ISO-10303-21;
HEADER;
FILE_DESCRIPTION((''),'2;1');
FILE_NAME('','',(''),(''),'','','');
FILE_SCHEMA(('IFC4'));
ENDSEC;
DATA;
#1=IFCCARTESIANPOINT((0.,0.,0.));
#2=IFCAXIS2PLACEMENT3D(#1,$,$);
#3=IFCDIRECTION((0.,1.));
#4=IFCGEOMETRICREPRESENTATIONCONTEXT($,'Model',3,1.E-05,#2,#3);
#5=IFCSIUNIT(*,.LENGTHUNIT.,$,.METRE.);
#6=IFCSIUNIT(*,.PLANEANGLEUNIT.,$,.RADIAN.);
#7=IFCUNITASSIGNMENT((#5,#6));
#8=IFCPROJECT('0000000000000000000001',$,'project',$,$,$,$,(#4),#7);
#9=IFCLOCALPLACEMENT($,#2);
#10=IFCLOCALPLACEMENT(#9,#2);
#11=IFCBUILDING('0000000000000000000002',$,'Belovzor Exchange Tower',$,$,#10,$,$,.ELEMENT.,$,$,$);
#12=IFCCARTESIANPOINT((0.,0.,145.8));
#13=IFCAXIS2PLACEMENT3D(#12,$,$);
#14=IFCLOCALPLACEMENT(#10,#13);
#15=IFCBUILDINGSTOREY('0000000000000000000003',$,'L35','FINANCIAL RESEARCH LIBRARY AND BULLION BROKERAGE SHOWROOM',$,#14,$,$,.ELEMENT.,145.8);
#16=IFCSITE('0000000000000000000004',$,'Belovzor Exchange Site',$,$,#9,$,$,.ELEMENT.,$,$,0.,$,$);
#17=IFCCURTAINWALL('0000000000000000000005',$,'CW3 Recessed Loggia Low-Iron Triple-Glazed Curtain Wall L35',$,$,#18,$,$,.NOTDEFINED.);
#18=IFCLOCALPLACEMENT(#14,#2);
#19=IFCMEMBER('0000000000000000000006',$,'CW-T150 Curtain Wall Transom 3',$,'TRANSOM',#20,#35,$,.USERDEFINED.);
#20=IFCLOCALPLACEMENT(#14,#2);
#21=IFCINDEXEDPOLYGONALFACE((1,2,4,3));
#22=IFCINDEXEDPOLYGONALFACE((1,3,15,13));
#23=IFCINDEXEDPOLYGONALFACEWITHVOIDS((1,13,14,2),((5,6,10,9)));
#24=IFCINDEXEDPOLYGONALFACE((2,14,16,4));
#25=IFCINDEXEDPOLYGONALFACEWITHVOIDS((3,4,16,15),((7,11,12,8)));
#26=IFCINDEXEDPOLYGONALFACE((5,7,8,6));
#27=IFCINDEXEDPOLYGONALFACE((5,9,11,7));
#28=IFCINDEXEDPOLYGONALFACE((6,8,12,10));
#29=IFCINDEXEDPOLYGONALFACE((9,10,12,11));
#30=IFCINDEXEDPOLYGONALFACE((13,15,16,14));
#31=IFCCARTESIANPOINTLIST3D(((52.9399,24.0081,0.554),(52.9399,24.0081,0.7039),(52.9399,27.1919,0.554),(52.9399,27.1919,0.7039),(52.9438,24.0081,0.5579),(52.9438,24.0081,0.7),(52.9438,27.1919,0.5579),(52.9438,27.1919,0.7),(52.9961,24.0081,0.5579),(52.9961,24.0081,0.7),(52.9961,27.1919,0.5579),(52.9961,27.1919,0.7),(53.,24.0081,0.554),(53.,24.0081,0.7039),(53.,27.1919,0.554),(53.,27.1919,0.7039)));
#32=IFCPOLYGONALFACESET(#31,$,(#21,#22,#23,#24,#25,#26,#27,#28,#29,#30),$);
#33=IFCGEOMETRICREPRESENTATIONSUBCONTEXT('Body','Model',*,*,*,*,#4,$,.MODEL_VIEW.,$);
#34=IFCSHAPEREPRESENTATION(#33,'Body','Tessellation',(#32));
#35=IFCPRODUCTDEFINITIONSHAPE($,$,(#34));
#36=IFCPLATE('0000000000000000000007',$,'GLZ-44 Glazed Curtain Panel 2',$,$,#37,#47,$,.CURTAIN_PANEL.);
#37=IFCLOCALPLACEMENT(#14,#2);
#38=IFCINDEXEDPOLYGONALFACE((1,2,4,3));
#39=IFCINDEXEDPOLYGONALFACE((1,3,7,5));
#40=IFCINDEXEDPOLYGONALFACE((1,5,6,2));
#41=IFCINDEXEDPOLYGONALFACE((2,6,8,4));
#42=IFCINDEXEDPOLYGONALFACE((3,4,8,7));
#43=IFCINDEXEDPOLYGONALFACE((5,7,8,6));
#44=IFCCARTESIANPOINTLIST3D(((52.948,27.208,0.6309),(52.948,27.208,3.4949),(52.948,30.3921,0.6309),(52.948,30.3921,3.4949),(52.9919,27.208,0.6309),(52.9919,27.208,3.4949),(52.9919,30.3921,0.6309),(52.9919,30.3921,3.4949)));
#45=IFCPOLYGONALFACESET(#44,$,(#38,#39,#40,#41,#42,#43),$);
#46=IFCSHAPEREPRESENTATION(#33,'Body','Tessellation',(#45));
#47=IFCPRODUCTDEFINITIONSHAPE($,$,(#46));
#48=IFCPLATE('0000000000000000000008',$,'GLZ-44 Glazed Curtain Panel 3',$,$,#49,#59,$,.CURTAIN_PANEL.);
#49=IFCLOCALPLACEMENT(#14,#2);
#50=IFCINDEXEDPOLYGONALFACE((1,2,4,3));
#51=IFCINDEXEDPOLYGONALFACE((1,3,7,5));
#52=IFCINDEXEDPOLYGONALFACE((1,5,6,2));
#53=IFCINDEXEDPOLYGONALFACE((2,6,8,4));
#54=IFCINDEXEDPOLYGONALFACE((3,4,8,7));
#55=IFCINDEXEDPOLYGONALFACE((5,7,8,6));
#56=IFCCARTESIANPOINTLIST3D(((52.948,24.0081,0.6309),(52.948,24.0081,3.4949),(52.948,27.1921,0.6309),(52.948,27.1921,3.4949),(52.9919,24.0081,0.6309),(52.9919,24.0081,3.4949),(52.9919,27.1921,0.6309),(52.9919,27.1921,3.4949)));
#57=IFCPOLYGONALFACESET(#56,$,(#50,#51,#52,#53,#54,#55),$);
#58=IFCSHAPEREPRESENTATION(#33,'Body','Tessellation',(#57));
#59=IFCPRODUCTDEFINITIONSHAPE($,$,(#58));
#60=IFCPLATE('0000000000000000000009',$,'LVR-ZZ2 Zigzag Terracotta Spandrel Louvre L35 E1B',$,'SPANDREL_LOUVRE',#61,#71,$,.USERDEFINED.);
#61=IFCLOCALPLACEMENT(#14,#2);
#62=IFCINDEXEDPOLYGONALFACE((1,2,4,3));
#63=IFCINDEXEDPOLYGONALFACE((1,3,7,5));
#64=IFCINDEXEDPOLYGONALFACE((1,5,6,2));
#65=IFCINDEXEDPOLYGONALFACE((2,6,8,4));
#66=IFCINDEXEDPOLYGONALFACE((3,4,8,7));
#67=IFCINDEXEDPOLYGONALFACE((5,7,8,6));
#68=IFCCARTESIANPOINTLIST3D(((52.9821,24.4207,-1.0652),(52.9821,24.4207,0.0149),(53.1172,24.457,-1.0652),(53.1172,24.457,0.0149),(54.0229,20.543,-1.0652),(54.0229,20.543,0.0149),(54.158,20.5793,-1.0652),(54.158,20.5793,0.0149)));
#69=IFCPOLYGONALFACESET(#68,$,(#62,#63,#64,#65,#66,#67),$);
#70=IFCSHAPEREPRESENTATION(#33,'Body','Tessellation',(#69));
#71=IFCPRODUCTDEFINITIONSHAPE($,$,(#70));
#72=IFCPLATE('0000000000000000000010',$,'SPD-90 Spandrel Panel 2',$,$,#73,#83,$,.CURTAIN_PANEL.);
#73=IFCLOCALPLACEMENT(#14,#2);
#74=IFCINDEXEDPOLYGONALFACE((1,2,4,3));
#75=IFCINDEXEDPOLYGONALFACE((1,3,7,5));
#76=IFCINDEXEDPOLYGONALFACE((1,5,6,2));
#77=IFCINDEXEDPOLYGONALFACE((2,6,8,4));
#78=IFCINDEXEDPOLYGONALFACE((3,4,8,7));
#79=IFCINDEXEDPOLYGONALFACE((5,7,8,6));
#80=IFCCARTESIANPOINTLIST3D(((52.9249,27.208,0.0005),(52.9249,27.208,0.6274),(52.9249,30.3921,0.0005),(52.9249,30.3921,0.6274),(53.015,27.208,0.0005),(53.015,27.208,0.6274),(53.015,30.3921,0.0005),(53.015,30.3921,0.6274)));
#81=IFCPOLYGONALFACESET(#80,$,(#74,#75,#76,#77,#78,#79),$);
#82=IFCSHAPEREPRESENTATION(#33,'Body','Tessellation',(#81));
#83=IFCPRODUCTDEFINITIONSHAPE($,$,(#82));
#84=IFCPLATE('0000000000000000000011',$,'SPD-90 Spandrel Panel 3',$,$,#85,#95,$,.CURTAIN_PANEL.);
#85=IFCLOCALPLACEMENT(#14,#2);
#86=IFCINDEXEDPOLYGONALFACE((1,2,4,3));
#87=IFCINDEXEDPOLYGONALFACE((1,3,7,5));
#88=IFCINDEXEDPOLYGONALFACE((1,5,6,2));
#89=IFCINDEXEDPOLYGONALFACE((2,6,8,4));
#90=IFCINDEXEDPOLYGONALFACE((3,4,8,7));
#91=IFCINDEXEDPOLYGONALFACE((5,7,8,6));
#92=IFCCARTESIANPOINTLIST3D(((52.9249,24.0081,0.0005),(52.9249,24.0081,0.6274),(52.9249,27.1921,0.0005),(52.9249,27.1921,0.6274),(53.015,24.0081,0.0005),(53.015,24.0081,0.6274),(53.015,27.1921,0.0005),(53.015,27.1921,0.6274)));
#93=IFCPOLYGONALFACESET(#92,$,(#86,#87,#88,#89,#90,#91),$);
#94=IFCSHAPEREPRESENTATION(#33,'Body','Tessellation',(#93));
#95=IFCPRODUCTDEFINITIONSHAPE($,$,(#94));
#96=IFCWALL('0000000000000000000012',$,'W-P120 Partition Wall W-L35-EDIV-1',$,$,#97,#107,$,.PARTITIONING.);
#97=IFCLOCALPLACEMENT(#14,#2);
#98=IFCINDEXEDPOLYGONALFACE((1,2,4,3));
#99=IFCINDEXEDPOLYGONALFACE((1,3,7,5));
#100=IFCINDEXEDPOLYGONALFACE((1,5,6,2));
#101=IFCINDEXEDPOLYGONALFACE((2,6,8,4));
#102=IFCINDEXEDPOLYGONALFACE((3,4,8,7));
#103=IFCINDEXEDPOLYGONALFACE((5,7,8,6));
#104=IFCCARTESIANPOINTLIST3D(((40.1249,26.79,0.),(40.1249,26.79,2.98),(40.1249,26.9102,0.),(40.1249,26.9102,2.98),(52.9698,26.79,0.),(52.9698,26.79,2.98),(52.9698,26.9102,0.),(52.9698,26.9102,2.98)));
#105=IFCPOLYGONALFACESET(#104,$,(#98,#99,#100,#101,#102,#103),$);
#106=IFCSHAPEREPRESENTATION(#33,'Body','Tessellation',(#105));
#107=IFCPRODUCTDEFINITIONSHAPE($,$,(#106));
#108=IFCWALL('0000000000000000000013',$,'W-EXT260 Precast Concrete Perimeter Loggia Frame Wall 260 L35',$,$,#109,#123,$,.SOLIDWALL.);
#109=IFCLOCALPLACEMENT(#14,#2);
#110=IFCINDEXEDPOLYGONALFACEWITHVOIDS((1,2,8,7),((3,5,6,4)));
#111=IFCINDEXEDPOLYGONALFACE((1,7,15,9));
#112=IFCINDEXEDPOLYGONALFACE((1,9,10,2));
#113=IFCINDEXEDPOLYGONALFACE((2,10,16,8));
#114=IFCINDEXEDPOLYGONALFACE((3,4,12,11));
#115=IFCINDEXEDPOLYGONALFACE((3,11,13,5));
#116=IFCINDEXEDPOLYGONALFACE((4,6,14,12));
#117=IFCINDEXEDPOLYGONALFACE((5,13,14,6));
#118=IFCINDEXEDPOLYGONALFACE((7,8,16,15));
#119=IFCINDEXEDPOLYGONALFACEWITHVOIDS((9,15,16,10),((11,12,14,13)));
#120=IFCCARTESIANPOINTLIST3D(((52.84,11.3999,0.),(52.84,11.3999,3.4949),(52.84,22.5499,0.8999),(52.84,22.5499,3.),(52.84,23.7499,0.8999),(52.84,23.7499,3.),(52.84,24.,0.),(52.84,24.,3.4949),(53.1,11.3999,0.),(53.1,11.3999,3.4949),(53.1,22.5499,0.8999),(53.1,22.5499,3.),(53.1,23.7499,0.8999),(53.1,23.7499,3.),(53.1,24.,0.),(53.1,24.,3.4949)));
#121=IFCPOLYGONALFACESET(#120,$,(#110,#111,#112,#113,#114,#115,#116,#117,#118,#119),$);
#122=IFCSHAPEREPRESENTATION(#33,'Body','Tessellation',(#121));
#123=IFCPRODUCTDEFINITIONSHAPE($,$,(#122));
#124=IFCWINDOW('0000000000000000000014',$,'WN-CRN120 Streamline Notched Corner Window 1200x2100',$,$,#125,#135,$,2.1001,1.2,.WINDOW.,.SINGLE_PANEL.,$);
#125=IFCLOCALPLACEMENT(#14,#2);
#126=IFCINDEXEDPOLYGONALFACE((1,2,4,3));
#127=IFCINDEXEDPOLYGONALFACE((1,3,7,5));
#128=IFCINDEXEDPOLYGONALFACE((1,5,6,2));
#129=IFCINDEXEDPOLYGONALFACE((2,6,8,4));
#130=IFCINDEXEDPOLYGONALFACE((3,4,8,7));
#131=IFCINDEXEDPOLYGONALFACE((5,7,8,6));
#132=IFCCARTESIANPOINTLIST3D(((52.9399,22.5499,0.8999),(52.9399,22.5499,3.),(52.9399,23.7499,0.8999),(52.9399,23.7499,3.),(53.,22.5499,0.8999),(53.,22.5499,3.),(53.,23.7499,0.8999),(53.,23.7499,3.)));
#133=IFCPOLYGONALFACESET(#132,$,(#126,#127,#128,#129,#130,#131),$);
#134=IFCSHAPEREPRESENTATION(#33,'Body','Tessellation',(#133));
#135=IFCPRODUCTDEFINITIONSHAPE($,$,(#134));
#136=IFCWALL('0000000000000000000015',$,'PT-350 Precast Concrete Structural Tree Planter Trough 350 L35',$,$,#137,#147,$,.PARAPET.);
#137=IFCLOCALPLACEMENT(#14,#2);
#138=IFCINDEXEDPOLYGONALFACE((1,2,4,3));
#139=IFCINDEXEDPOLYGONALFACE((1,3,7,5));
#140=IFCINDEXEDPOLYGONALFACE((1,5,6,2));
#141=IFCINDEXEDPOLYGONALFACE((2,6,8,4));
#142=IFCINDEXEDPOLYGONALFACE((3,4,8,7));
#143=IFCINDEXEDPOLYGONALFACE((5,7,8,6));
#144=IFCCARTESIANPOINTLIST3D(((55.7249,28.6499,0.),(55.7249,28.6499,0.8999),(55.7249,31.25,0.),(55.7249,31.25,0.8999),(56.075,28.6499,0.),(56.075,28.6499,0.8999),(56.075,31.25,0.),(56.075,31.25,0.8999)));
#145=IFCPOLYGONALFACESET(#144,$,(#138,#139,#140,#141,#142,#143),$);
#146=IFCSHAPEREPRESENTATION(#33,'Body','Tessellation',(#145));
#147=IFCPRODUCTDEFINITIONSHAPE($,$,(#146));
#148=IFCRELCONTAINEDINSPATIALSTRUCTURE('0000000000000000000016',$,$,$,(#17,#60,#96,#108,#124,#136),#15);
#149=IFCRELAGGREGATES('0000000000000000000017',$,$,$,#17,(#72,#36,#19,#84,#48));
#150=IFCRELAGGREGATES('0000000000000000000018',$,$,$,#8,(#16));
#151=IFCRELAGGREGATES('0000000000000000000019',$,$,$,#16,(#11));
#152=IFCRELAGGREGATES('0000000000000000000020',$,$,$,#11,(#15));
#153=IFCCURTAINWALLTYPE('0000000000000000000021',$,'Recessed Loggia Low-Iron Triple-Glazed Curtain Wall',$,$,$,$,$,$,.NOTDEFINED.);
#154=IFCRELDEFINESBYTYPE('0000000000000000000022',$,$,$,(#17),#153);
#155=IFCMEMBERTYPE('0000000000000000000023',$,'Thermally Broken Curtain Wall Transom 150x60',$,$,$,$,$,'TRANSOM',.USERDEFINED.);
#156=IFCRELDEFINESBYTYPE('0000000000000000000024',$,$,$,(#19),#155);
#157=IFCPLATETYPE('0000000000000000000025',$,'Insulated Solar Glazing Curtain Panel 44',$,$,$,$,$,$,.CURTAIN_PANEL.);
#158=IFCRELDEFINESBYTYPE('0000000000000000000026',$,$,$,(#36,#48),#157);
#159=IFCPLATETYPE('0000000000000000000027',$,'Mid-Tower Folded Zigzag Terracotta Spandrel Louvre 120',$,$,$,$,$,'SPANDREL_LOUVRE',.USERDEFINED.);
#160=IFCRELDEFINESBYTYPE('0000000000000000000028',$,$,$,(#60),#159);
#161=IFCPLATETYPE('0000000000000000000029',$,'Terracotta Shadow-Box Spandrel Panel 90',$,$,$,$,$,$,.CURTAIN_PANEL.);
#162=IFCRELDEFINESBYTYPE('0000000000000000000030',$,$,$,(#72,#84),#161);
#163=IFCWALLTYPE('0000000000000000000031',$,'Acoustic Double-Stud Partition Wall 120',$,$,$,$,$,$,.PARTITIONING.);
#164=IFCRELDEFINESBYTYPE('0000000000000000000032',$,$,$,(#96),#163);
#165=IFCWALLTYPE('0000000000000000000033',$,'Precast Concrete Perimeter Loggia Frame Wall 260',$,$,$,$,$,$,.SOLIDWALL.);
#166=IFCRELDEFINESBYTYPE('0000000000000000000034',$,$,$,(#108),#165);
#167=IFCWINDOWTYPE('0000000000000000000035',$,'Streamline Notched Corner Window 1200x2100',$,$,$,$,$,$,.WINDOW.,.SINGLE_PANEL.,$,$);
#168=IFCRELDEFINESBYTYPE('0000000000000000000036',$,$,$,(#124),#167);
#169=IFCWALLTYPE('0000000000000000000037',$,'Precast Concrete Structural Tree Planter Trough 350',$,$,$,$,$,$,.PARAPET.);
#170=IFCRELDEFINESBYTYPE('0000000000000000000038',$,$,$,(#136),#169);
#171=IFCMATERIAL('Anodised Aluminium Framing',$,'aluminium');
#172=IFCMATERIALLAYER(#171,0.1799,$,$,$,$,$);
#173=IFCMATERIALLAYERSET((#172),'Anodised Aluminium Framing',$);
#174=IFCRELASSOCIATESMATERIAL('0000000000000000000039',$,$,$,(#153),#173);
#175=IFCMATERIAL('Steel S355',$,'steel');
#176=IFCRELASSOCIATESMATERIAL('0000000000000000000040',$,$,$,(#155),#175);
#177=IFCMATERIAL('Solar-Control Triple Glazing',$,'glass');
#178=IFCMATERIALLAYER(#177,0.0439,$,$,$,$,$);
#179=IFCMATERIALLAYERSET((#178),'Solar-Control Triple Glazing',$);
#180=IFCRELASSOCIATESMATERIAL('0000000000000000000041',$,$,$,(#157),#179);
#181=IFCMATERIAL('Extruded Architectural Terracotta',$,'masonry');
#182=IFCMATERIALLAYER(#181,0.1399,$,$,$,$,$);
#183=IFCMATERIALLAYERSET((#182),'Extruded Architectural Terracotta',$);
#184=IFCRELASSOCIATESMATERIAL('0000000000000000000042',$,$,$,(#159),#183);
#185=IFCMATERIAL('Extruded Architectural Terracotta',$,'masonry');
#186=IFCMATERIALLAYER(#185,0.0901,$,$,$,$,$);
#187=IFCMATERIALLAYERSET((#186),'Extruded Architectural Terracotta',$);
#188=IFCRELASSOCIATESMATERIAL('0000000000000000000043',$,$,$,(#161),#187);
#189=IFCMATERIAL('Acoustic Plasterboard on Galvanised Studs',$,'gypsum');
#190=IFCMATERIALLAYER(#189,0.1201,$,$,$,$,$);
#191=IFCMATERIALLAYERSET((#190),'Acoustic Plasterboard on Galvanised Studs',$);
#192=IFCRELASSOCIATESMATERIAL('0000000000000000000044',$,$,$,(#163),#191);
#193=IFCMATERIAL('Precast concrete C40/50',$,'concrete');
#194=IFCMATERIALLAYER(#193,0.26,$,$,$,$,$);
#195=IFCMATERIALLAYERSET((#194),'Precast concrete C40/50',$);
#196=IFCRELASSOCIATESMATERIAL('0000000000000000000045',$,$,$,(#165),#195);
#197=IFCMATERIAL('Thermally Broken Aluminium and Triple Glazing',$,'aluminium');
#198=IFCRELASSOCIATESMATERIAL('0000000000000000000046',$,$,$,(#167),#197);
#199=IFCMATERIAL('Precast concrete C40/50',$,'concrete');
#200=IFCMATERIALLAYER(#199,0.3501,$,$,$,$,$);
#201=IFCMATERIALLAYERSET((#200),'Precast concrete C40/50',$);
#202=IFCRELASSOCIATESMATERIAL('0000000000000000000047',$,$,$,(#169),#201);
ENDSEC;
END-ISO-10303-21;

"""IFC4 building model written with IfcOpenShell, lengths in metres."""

from ifc_helpers import new_model, si_unit, direction, frame, frame_2d, origin, origin_2d, place, context, subcontext, project, spatial, rectangle, hollow_rectangle, extrude, material, layer, layer_set, material_profile, profile_set, type_object, element, fill, aggregate, save


model = new_model("IFC4")

# Units and contexts
model_context = context("Model", 3, precision=1e-05, world=origin(), true_north=direction((0.0, 1.0)))
body_context = subcontext(model_context, "Body", "Model", "MODEL_VIEW")
ifc_project = project(units=[si_unit("LENGTHUNIT", "METRE"), si_unit("PLANEANGLEUNIT", "RADIAN")], contexts=[model_context])

# Site, building, storey
site_placement = place(None, origin())
site = spatial("IfcSite", under=ifc_project, at=site_placement, Name="Belovzor Exchange Site", CompositionType="ELEMENT", RefElevation=0.0)
building_placement = place(site_placement, origin())
building = spatial("IfcBuilding", under=site, at=building_placement, Name="Belovzor Exchange Tower", CompositionType="ELEMENT")
storey_placement = place(building_placement, frame((0.0, 0.0, 145.8)))
storey = spatial("IfcBuildingStorey", under=building, at=storey_placement, Name="L35", Description="FINANCIAL RESEARCH LIBRARY AND BULLION BROKERAGE SHOWROOM", CompositionType="ELEMENT", Elevation=145.8)

# Curtain wall, member, plates
ifc_material_1 = material(Name="Anodised Aluminium Framing", Category="aluminium")
ifc_layer_1 = layer(ifc_material_1, 0.1799)
ifc_layer_set_1 = layer_set([ifc_layer_1], Name="Anodised Aluminium Framing")
curtain_wall_type = type_object("IfcCurtainWallType", Name="Recessed Loggia Low-Iron Triple-Glazed Curtain Wall", PredefinedType="NOTDEFINED", material=ifc_layer_set_1)
curtain_wall_placement = place(storey_placement, origin())
curtain_wall = element("IfcCurtainWall", 1, at=curtain_wall_placement, inside=storey, type_object=curtain_wall_type, Name="CW3 Recessed Loggia Low-Iron Triple-Glazed Curtain Wall L35", PredefinedType="NOTDEFINED")
ifc_material_2 = material(Name="Steel S355", Category="steel")
ifc_material_profile_1 = material_profile(ifc_material_2, hollow_rectangle(XDim=0.0601, YDim=0.1499, WallThickness=0.0039, at=origin_2d()))
ifc_profile_set_1 = profile_set([ifc_material_profile_1], Name="Steel S355")
member_type_1 = type_object("IfcMemberType", Name="Thermally Broken Curtain Wall Transom 150x60", ElementType="TRANSOM", PredefinedType="USERDEFINED", material=ifc_profile_set_1)
member_1_placement = place(storey_placement, frame((52.97, 27.1919, 0.6289), z_axis=(0.0, -1.0, 0.0), x_axis=(1.0, 0.0, 0.0)))
member_1 = element("IfcMember", 2, at=member_1_placement, type_object=member_type_1, Name="CW-T150 Curtain Wall Transom 3", ObjectType="TRANSOM", PredefinedType="USERDEFINED", context=body_context, shape_type="SweptSolid", body=[
    extrude(hollow_rectangle(XDim=0.0601, YDim=0.1499, WallThickness=0.0039, at=origin_2d()), origin(), (0.0, 0.0, 1.0), 3.1838),
])
ifc_material_3 = material(Name="Solar-Control Triple Glazing", Category="glass")
ifc_layer_2 = layer(ifc_material_3, 0.0439)
ifc_layer_set_2 = layer_set([ifc_layer_2], Name="Solar-Control Triple Glazing")
plate_type_1 = type_object("IfcPlateType", Name="Insulated Solar Glazing Curtain Panel 44", PredefinedType="CURTAIN_PANEL", material=ifc_layer_set_2)
plate_1_placement = place(storey_placement, frame((52.97, 28.8, 0.6309), z_axis=(0.0, 0.0, 1.0), x_axis=(0.0, -1.0, 0.0)))
plate_1 = element("IfcPlate", 3, at=plate_1_placement, type_object=plate_type_1, Name="GLZ-44 Glazed Curtain Panel 2", PredefinedType="CURTAIN_PANEL", context=body_context, shape_type="SweptSolid", body=[
    extrude(rectangle(XDim=3.1841, YDim=0.0439, at=origin_2d()), origin(), (0.0, 0.0, 1.0), 2.864),
])
plate_2_placement = place(storey_placement, frame((52.97, 25.6001, 0.6309), z_axis=(0.0, 0.0, 1.0), x_axis=(0.0, -1.0, 0.0)))
plate_2 = element("IfcPlate", 4, at=plate_2_placement, type_object=plate_type_1, Name="GLZ-44 Glazed Curtain Panel 3", PredefinedType="CURTAIN_PANEL", context=body_context, shape_type="SweptSolid", body=[
    extrude(rectangle(XDim=3.1841, YDim=0.0439, at=origin_2d()), origin(), (0.0, 0.0, 1.0), 2.864),
])

# Plates
ifc_material_4 = material(Name="Extruded Architectural Terracotta", Category="masonry")
ifc_layer_3 = layer(ifc_material_4, 0.1399)
ifc_layer_set_3 = layer_set([ifc_layer_3], Name="Extruded Architectural Terracotta")
plate_type_2 = type_object("IfcPlateType", Name="Mid-Tower Folded Zigzag Terracotta Spandrel Louvre 120", ElementType="SPANDREL_LOUVRE", PredefinedType="USERDEFINED", material=ifc_layer_set_3)
plate_3_placement = place(storey_placement, frame((53.5701, 22.5, -1.0652), z_axis=(0.0, 0.0, 1.0), x_axis=(-0.25924, 0.965813, 0.0)))
element("IfcPlate", 5, at=plate_3_placement, inside=storey, type_object=plate_type_2, Name="LVR-ZZ2 Zigzag Terracotta Spandrel Louvre L35 E1B", ObjectType="SPANDREL_LOUVRE", PredefinedType="USERDEFINED", context=body_context, shape_type="SweptSolid", body=[
    extrude(rectangle(XDim=4.0149, YDim=0.1399, at=origin_2d()), origin(), (0.0, 0.0, 1.0), 1.0801),
])
ifc_material_5 = material(Name="Extruded Architectural Terracotta", Category="masonry")
ifc_layer_4 = layer(ifc_material_5, 0.0901)
ifc_layer_set_4 = layer_set([ifc_layer_4], Name="Extruded Architectural Terracotta")
plate_type_3 = type_object("IfcPlateType", Name="Terracotta Shadow-Box Spandrel Panel 90", PredefinedType="CURTAIN_PANEL", material=ifc_layer_set_4)
plate_4_placement = place(storey_placement, frame((52.97, 28.8, 0.0005), z_axis=(0.0, 0.0, 1.0), x_axis=(0.0, -1.0, 0.0)))
plate_4 = element("IfcPlate", 6, at=plate_4_placement, type_object=plate_type_3, Name="SPD-90 Spandrel Panel 2", PredefinedType="CURTAIN_PANEL", context=body_context, shape_type="SweptSolid", body=[
    extrude(rectangle(XDim=3.1841, YDim=0.0901, at=origin_2d()), origin(), (0.0, 0.0, 1.0), 0.627),
])
plate_5_placement = place(storey_placement, frame((52.97, 25.6001, 0.0005), z_axis=(0.0, 0.0, 1.0), x_axis=(0.0, -1.0, 0.0)))
plate_5 = element("IfcPlate", 7, at=plate_5_placement, type_object=plate_type_3, Name="SPD-90 Spandrel Panel 3", PredefinedType="CURTAIN_PANEL", context=body_context, shape_type="SweptSolid", body=[
    extrude(rectangle(XDim=3.1841, YDim=0.0901, at=origin_2d()), origin(), (0.0, 0.0, 1.0), 0.627),
])
aggregate(curtain_wall, [plate_4, plate_1, member_1, plate_5, plate_2])

# Wall
ifc_material_6 = material(Name="Acoustic Plasterboard on Galvanised Studs", Category="gypsum")
ifc_layer_5 = layer(ifc_material_6, 0.1201)
ifc_layer_set_5 = layer_set([ifc_layer_5], Name="Acoustic Plasterboard on Galvanised Studs")
wall_type_1 = type_object("IfcWallType", Name="Acoustic Double-Stud Partition Wall 120", PredefinedType="PARTITIONING", material=ifc_layer_set_5)
wall_1_placement = place(storey_placement, frame((40.125, 26.8501, 0.0), z_axis=(0.0, 0.0, 1.0), x_axis=(1.0, 0.0, 0.0)))
element("IfcWall", 8, at=wall_1_placement, inside=storey, type_object=wall_type_1, Name="W-P120 Partition Wall W-L35-EDIV-1", PredefinedType="PARTITIONING", context=body_context, shape_type="SweptSolid", body=[
    extrude(rectangle(XDim=12.845, YDim=0.1201, at=frame_2d((6.4224, 0.0))), origin(), (0.0, 0.0, 1.0), 2.98),
])

# Wall, opening, window
ifc_material_7 = material(Name="Precast concrete C40/50", Category="concrete")
ifc_layer_6 = layer(ifc_material_7, 0.26)
ifc_layer_set_6 = layer_set([ifc_layer_6], Name="Precast concrete C40/50")
wall_type_2 = type_object("IfcWallType", Name="Precast Concrete Perimeter Loggia Frame Wall 260", PredefinedType="SOLIDWALL", material=ifc_layer_set_6)
wall_2_placement = place(storey_placement, frame((52.97, 24.0, 0.0), z_axis=(0.0, 0.0, 1.0), x_axis=(0.0, -1.0, 0.0)))
wall_2 = element("IfcWall", 9, at=wall_2_placement, inside=storey, type_object=wall_type_2, Name="W-EXT260 Precast Concrete Perimeter Loggia Frame Wall 260 L35", PredefinedType="SOLIDWALL", context=body_context, shape_type="SweptSolid", body=[
    extrude(rectangle(XDim=12.6001, YDim=0.26, at=frame_2d((6.3, 0.0))), origin(), (0.0, 0.0, 1.0), 3.4949),
])
opening_placement = place(wall_2_placement, frame((0.25, 0.0, 0.8999)))
opening = element("IfcOpeningElement", 10, at=opening_placement, cuts=wall_2, PredefinedType="OPENING", context=body_context, shape_type="SweptSolid", body=[
    extrude(rectangle(XDim=1.2, YDim=2.1001, at=frame_2d((0.6001, 1.05))), frame((0.0, 0.1399, 0.0), z_axis=(0.0, -1.0, 0.0), x_axis=(1.0, 0.0, 0.0)), (0.0, 0.0, 1.0), 0.28),
])
ifc_material_8 = material(Name="Thermally Broken Aluminium and Triple Glazing", Category="aluminium")
window_type = type_object("IfcWindowType", Name="Streamline Notched Corner Window 1200x2100", PartitioningType="SINGLE_PANEL", PredefinedType="WINDOW", material=ifc_material_8)
window_placement = place(opening_placement, origin())
window = element("IfcWindow", 11, at=window_placement, inside=storey, type_object=window_type, Name="WN-CRN120 Streamline Notched Corner Window 1200x2100", OverallHeight=2.1001, OverallWidth=1.2, PartitioningType="SINGLE_PANEL", PredefinedType="WINDOW", context=body_context, shape_type="SweptSolid", body=[
    extrude(rectangle(XDim=1.2, YDim=2.1001, at=frame_2d((0.6001, 1.05))), frame((0.0, 0.03, 0.0), z_axis=(0.0, -1.0, 0.0), x_axis=(1.0, 0.0, 0.0)), (0.0, 0.0, 1.0), 0.0601),
])
fill(opening, window)

# Wall
ifc_material_9 = material(Name="Precast concrete C40/50", Category="concrete")
ifc_layer_7 = layer(ifc_material_9, 0.3501)
ifc_layer_set_7 = layer_set([ifc_layer_7], Name="Precast concrete C40/50")
wall_type_3 = type_object("IfcWallType", Name="Precast Concrete Structural Tree Planter Trough 350", PredefinedType="PARAPET", material=ifc_layer_set_7)
wall_3_placement = place(storey_placement, frame((55.8999, 28.6499, 0.0), z_axis=(0.0, 0.0, 1.0), x_axis=(0.0, 1.0, 0.0)))
element("IfcWall", 12, at=wall_3_placement, inside=storey, type_object=wall_type_3, Name="PT-350 Precast Concrete Structural Tree Planter Trough 350 L35", PredefinedType="PARAPET", context=body_context, shape_type="SweptSolid", body=[
    extrude(rectangle(XDim=2.6001, YDim=0.3501, at=frame_2d((1.3, 0.0))), origin(), (0.0, 0.0, 1.0), 0.8999),
])

save(model, "model.ifc")
